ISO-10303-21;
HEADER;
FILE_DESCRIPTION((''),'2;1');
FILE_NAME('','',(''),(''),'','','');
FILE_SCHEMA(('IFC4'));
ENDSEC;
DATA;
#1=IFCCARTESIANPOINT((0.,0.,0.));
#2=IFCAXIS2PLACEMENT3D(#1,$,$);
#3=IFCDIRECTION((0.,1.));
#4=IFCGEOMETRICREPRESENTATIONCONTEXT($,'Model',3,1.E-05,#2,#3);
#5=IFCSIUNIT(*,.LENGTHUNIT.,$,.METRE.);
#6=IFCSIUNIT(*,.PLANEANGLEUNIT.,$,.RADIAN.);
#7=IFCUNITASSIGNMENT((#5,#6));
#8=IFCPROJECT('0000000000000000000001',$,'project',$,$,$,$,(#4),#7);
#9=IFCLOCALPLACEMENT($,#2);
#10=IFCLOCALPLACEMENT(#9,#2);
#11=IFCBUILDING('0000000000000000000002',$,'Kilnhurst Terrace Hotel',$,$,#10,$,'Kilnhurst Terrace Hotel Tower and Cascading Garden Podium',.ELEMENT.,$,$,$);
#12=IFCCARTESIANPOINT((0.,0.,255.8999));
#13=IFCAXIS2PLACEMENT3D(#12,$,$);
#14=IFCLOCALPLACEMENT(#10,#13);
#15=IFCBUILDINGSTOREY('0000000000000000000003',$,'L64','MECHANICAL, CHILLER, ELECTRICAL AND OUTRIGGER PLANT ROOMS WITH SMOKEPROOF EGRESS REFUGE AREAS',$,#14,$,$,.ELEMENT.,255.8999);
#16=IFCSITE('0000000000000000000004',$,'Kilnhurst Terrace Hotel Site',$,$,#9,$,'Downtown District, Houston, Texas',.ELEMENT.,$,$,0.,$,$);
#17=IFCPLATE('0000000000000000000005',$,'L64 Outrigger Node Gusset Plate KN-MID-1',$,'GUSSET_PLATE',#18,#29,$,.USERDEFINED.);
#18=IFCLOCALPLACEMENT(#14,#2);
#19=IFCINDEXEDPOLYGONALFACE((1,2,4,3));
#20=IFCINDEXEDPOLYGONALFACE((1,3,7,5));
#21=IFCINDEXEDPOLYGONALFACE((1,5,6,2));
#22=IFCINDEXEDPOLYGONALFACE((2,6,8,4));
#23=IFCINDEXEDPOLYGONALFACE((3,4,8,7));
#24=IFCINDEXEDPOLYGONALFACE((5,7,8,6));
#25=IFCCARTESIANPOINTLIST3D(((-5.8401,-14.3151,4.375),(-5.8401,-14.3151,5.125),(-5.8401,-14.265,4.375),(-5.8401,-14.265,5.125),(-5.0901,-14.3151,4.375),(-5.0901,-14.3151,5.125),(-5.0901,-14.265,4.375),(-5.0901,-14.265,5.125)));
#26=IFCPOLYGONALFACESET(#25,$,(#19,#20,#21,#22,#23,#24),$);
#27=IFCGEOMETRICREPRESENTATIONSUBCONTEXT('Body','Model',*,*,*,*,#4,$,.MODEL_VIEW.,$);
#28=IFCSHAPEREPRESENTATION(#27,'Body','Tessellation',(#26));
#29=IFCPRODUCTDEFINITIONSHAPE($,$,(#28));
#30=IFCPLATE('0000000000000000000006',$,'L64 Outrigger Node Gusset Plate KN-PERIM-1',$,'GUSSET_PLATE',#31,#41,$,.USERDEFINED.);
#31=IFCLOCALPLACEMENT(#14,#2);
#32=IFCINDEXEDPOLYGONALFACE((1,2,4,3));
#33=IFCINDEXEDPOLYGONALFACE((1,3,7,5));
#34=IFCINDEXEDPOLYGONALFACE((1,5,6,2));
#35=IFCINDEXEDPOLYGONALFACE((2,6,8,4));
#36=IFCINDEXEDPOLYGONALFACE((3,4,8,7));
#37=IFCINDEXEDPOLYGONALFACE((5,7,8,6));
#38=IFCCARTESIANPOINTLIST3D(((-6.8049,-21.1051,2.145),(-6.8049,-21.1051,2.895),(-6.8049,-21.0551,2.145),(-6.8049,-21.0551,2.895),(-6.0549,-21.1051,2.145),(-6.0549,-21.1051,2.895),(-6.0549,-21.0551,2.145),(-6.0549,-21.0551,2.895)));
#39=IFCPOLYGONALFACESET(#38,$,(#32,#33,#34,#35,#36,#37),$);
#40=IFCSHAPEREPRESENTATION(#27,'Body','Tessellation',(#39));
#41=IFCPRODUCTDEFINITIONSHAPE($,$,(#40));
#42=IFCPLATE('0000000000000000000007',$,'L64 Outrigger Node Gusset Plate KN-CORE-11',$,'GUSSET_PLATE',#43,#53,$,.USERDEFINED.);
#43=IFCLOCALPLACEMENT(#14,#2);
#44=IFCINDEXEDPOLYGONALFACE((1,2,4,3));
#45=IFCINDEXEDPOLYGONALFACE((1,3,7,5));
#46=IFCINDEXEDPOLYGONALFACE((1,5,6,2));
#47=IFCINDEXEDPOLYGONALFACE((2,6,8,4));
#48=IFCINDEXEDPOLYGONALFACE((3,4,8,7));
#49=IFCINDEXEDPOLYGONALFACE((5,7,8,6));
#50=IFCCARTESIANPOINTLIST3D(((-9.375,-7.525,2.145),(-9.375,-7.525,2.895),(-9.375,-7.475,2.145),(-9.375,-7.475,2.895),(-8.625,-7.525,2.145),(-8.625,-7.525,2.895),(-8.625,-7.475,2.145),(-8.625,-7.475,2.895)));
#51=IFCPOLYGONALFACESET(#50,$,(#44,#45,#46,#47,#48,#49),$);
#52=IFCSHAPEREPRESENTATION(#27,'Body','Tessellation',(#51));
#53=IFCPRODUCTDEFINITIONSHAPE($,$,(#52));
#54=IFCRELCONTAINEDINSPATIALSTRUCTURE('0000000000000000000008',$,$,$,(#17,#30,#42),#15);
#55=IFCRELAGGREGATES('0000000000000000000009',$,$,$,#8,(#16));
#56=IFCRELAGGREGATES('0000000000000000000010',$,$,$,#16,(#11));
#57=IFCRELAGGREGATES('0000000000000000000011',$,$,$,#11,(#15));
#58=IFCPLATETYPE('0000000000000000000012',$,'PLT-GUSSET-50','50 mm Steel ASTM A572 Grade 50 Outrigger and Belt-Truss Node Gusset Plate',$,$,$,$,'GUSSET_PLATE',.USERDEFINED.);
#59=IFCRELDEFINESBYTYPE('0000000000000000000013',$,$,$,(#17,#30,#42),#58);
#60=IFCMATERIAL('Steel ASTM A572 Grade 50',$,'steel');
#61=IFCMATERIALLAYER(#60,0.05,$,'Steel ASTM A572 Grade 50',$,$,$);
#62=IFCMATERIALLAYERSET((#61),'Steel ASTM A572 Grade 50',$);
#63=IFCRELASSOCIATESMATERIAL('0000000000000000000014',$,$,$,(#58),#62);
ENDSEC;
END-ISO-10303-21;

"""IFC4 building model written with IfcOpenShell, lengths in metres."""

from ifc_helpers import new_model, si_unit, direction, frame, origin, origin_2d, place, context, subcontext, project, spatial, rectangle, extrude, material, layer, layer_set, type_object, element, save


model = new_model("IFC4")

# Units and contexts
model_context = context("Model", 3, precision=1e-05, world=origin(), true_north=direction((0.0, 1.0)))
body_context = subcontext(model_context, "Body", "Model", "MODEL_VIEW")
ifc_project = project(units=[si_unit("LENGTHUNIT", "METRE"), si_unit("PLANEANGLEUNIT", "RADIAN")], contexts=[model_context])

# Site, building, storey
site_placement = place(None, origin())
site = spatial("IfcSite", under=ifc_project, at=site_placement, Name="Kilnhurst Terrace Hotel Site", LongName="Downtown District, Houston, Texas", CompositionType="ELEMENT", RefElevation=0.0)
building_placement = place(site_placement, origin())
building = spatial("IfcBuilding", under=site, at=building_placement, Name="Kilnhurst Terrace Hotel", LongName="Kilnhurst Terrace Hotel Tower and Cascading Garden Podium", CompositionType="ELEMENT")
storey_placement = place(building_placement, frame((0.0, 0.0, 255.8999)))
storey = spatial("IfcBuildingStorey", under=building, at=storey_placement, Name="L64", Description="MECHANICAL, CHILLER, ELECTRICAL AND OUTRIGGER PLANT ROOMS WITH SMOKEPROOF EGRESS REFUGE AREAS", CompositionType="ELEMENT", Elevation=255.8999)

# Shared definitions
ifc_material_1 = material(Name="Steel ASTM A572 Grade 50", Category="steel")

# Plates
ifc_layer = layer(ifc_material_1, 0.05, Name="Steel ASTM A572 Grade 50")
ifc_layer_set = layer_set([ifc_layer], Name="Steel ASTM A572 Grade 50")
plate_type = type_object("IfcPlateType", Name="PLT-GUSSET-50", Description="50 mm Steel ASTM A572 Grade 50 Outrigger and Belt-Truss Node Gusset Plate", ElementType="GUSSET_PLATE", PredefinedType="USERDEFINED", material=ifc_layer_set)
for number, where, z_axis, x_axis, name in (
    (1, (-5.4651, -14.29, 4.375), (0.0, 0.0, 1.0), (1.0, 0.0, 0.0), "L64 Outrigger Node Gusset Plate KN-MID-1"),
    (2, (-6.4299, -21.0801, 2.145), (0.0, 0.0, 1.0), (1.0, 0.0, 0.0), "L64 Outrigger Node Gusset Plate KN-PERIM-1"),
    (3, (-9.0, -7.5, 2.145), (0.0, 0.0, 1.0), (1.0, 0.0, 0.0), "L64 Outrigger Node Gusset Plate KN-CORE-11"),
):
    element("IfcPlate", number, at=place(storey_placement, frame(where, z_axis=z_axis, x_axis=x_axis)), inside=storey, type_object=plate_type, Name=name, ObjectType="GUSSET_PLATE", PredefinedType="USERDEFINED", context=body_context, shape_type="SweptSolid", body=[
        extrude(rectangle(XDim=0.75, YDim=0.05, at=origin_2d()), origin(), (0.0, 0.0, 1.0), 0.75),
    ])

save(model, "model.ifc")
